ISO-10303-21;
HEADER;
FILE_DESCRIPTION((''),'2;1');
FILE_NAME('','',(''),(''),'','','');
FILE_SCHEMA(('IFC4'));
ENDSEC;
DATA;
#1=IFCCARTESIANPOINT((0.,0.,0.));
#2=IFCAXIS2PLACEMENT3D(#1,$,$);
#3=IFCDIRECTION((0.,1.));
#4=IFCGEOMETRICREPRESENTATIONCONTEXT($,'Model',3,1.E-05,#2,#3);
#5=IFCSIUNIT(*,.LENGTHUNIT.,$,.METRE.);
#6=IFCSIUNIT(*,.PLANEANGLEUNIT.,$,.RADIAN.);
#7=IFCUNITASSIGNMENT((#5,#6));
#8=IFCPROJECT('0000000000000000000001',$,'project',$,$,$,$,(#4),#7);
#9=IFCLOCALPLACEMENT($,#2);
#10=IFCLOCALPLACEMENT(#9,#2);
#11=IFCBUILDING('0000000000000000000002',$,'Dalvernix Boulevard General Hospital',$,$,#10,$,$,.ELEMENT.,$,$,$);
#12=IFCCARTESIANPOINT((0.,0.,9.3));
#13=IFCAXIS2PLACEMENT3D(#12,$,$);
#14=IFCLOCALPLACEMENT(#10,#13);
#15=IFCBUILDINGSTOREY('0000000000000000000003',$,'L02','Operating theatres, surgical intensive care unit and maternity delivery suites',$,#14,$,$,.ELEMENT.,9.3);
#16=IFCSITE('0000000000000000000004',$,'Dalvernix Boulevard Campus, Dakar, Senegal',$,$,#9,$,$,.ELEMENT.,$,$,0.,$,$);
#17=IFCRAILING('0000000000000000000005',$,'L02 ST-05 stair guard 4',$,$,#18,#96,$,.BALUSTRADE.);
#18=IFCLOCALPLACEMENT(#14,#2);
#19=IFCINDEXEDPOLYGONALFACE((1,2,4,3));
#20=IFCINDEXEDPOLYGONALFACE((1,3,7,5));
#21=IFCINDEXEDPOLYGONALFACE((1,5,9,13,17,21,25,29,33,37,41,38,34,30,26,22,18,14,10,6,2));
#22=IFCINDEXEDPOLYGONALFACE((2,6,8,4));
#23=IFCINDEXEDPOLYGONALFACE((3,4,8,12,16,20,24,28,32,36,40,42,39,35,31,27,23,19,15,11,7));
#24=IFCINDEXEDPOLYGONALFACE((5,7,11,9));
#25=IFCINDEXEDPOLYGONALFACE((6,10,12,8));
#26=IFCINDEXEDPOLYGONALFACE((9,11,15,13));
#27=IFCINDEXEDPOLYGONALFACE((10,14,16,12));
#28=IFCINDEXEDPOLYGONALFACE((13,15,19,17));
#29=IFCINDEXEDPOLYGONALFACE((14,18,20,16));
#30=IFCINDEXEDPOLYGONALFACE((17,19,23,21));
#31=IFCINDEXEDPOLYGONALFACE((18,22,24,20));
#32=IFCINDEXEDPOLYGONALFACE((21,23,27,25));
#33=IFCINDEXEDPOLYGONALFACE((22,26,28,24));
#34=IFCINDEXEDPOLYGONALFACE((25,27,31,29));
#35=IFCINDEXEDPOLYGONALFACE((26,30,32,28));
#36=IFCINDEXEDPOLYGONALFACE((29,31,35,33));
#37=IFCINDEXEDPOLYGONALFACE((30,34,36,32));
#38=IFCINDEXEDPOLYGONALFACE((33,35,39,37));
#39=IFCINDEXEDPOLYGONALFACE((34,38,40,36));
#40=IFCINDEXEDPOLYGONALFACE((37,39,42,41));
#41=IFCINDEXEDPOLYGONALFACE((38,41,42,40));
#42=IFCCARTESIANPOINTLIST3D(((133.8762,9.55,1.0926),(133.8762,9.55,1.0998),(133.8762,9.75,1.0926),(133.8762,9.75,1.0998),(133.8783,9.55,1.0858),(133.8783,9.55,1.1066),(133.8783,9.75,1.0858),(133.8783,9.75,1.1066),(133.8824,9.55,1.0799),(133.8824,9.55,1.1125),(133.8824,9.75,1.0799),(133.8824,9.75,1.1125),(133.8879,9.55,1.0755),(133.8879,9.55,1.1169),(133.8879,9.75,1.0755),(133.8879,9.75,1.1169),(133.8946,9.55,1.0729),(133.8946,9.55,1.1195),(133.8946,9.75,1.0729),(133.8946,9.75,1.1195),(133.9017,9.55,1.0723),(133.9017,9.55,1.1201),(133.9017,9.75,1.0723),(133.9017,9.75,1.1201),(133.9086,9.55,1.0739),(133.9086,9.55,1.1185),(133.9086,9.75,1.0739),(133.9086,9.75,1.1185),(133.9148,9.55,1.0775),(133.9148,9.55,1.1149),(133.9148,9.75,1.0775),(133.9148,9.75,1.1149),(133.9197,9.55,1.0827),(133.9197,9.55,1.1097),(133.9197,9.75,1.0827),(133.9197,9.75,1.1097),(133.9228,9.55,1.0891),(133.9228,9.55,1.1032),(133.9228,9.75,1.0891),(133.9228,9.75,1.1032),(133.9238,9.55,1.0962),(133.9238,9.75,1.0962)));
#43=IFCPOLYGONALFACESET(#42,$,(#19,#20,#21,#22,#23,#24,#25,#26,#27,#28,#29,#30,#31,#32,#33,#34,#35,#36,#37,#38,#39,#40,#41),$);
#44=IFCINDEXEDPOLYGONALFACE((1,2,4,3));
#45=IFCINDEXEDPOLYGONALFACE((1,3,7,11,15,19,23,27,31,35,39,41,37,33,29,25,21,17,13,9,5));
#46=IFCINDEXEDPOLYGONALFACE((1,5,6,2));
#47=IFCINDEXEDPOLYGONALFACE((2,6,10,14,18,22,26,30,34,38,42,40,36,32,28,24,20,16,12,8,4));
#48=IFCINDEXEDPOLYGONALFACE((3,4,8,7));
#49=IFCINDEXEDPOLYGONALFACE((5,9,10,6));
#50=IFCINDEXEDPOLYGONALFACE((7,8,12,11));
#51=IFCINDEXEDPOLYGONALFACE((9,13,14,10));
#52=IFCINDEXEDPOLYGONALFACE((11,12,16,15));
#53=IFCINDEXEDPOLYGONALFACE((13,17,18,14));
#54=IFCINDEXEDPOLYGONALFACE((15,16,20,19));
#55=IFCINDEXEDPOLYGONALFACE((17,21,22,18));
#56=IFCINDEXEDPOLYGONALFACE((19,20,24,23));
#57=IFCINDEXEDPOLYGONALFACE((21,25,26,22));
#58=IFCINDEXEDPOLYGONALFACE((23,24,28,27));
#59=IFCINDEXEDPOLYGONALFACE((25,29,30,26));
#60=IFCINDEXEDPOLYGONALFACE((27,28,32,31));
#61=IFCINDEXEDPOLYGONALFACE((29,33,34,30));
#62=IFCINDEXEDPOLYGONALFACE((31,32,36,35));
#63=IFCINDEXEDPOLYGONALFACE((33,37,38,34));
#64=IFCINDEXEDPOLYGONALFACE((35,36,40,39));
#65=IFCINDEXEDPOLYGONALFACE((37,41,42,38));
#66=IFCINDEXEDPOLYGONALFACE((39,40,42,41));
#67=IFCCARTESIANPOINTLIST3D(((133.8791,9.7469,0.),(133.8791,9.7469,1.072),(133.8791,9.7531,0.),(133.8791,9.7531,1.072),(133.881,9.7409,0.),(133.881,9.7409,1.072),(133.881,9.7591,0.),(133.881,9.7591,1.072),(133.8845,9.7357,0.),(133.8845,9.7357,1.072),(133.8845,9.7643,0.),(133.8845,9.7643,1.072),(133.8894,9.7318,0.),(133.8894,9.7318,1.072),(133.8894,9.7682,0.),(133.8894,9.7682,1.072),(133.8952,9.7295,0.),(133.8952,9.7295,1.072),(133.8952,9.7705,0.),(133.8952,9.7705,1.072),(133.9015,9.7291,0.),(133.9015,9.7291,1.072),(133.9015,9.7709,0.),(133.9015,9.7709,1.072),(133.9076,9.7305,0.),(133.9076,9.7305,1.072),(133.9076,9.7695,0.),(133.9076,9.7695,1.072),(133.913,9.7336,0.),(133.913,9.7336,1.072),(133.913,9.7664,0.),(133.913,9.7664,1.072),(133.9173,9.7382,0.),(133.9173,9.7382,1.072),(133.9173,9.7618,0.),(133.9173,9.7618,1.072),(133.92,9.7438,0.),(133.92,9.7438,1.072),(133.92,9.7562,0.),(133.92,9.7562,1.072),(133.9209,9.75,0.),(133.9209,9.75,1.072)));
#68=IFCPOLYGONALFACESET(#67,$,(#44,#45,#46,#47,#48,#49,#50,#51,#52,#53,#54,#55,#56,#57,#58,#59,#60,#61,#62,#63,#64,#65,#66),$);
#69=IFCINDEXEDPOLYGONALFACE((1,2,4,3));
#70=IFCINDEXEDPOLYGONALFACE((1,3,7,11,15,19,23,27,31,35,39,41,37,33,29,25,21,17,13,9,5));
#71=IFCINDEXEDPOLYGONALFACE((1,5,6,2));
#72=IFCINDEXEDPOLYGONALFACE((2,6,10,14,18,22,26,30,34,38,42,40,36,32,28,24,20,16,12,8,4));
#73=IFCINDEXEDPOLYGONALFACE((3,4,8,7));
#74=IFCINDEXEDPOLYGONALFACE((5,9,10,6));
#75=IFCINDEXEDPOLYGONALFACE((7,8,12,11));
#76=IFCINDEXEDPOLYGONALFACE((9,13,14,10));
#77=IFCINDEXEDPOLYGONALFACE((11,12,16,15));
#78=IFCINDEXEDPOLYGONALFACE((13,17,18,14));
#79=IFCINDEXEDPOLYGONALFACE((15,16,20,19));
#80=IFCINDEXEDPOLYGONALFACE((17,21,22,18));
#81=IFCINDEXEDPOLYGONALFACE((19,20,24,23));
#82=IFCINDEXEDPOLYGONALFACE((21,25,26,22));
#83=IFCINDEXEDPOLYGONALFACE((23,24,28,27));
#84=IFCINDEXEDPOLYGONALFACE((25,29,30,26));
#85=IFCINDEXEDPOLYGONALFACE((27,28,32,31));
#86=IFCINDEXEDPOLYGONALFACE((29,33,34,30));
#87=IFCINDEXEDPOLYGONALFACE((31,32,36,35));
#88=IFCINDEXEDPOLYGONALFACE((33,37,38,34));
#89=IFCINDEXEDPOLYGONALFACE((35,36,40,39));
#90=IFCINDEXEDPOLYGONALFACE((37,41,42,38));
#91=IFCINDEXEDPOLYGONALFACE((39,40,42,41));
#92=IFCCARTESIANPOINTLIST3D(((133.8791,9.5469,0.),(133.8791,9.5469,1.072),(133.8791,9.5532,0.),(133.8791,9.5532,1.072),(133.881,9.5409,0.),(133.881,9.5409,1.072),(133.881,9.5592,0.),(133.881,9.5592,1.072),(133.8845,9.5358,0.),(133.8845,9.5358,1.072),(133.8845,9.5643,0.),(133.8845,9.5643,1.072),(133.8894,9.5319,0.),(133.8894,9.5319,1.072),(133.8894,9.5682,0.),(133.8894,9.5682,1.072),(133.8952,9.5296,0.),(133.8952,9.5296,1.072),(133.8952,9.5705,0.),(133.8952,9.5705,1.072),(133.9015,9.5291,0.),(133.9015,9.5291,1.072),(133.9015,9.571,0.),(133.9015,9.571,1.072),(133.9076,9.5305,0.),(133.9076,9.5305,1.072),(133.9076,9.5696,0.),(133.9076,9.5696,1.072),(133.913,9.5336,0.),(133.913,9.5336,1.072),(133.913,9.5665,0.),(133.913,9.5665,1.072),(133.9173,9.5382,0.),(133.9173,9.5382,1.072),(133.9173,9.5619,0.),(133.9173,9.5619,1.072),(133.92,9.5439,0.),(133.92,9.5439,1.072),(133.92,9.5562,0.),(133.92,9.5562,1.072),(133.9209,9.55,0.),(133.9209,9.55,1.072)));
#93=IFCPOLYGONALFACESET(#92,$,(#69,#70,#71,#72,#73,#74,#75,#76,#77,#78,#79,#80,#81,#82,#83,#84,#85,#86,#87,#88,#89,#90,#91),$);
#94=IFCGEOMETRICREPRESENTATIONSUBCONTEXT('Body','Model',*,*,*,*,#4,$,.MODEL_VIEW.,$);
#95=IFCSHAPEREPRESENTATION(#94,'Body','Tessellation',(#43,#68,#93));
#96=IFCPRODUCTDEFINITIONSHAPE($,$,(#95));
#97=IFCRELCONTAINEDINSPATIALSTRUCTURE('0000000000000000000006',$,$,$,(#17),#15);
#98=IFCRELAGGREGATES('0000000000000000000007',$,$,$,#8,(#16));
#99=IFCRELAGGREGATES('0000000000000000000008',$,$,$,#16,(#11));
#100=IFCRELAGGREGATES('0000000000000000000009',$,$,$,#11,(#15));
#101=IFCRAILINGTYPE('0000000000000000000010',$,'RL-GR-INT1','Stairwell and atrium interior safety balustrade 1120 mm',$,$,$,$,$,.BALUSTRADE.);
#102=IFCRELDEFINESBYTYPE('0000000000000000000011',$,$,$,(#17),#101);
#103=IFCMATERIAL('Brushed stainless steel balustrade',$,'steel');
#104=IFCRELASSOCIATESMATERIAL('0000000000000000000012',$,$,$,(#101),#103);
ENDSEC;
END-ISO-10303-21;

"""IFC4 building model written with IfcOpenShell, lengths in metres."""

from ifc_helpers import new_model, si_unit, direction, frame, origin, origin_2d, place, context, subcontext, project, spatial, circle, extrude, material, type_object, element, save


model = new_model("IFC4")

# Units and contexts
model_context = context("Model", 3, precision=1e-05, world=origin(), true_north=direction((0.0, 1.0)))
body_context = subcontext(model_context, "Body", "Model", "MODEL_VIEW")
ifc_project = project(units=[si_unit("LENGTHUNIT", "METRE"), si_unit("PLANEANGLEUNIT", "RADIAN")], contexts=[model_context])

# Site, building, storey
site_placement = place(None, origin())
site = spatial("IfcSite", under=ifc_project, at=site_placement, Name="Dalvernix Boulevard Campus, Dakar, Senegal", CompositionType="ELEMENT", RefElevation=0.0)
building_placement = place(site_placement, origin())
building = spatial("IfcBuilding", under=site, at=building_placement, Name="Dalvernix Boulevard General Hospital", CompositionType="ELEMENT")
storey_placement = place(building_placement, frame((0.0, 0.0, 9.3)))
storey = spatial("IfcBuildingStorey", under=building, at=storey_placement, Name="L02", Description="Operating theatres, surgical intensive care unit and maternity delivery suites", CompositionType="ELEMENT", Elevation=9.3)

# Railing
ifc_material_1 = material(Name="Brushed stainless steel balustrade", Category="steel")
railing_type_1 = type_object("IfcRailingType", Name="RL-GR-INT1", Description="Stairwell and atrium interior safety balustrade 1120 mm", PredefinedType="BALUSTRADE", material=ifc_material_1)
railing_1_placement = place(storey_placement, frame((133.8999, 9.75, 0.0)))
element("IfcRailing", 1, at=railing_1_placement, inside=storey, type_object=railing_type_1, Name="L02 ST-05 stair guard 4", PredefinedType="BALUSTRADE", context=body_context, shape_type="SweptSolid", body=[
    extrude(circle(Radius=0.0239, at=origin_2d()), frame((0.0, 0.0, 1.0962), z_axis=(0.0, -1.0, 0.0), x_axis=(1.0, 0.0, 0.0)), (0.0, 0.0, 1.0), 0.2),
    extrude(circle(Radius=0.021, at=origin_2d()), origin(), (0.0, 0.0, 1.0), 1.072),
    extrude(circle(Radius=0.021, at=origin_2d()), frame((0.0, -0.2, 0.0)), (0.0, 0.0, 1.0), 1.072),
])

save(model, "model.ifc")
